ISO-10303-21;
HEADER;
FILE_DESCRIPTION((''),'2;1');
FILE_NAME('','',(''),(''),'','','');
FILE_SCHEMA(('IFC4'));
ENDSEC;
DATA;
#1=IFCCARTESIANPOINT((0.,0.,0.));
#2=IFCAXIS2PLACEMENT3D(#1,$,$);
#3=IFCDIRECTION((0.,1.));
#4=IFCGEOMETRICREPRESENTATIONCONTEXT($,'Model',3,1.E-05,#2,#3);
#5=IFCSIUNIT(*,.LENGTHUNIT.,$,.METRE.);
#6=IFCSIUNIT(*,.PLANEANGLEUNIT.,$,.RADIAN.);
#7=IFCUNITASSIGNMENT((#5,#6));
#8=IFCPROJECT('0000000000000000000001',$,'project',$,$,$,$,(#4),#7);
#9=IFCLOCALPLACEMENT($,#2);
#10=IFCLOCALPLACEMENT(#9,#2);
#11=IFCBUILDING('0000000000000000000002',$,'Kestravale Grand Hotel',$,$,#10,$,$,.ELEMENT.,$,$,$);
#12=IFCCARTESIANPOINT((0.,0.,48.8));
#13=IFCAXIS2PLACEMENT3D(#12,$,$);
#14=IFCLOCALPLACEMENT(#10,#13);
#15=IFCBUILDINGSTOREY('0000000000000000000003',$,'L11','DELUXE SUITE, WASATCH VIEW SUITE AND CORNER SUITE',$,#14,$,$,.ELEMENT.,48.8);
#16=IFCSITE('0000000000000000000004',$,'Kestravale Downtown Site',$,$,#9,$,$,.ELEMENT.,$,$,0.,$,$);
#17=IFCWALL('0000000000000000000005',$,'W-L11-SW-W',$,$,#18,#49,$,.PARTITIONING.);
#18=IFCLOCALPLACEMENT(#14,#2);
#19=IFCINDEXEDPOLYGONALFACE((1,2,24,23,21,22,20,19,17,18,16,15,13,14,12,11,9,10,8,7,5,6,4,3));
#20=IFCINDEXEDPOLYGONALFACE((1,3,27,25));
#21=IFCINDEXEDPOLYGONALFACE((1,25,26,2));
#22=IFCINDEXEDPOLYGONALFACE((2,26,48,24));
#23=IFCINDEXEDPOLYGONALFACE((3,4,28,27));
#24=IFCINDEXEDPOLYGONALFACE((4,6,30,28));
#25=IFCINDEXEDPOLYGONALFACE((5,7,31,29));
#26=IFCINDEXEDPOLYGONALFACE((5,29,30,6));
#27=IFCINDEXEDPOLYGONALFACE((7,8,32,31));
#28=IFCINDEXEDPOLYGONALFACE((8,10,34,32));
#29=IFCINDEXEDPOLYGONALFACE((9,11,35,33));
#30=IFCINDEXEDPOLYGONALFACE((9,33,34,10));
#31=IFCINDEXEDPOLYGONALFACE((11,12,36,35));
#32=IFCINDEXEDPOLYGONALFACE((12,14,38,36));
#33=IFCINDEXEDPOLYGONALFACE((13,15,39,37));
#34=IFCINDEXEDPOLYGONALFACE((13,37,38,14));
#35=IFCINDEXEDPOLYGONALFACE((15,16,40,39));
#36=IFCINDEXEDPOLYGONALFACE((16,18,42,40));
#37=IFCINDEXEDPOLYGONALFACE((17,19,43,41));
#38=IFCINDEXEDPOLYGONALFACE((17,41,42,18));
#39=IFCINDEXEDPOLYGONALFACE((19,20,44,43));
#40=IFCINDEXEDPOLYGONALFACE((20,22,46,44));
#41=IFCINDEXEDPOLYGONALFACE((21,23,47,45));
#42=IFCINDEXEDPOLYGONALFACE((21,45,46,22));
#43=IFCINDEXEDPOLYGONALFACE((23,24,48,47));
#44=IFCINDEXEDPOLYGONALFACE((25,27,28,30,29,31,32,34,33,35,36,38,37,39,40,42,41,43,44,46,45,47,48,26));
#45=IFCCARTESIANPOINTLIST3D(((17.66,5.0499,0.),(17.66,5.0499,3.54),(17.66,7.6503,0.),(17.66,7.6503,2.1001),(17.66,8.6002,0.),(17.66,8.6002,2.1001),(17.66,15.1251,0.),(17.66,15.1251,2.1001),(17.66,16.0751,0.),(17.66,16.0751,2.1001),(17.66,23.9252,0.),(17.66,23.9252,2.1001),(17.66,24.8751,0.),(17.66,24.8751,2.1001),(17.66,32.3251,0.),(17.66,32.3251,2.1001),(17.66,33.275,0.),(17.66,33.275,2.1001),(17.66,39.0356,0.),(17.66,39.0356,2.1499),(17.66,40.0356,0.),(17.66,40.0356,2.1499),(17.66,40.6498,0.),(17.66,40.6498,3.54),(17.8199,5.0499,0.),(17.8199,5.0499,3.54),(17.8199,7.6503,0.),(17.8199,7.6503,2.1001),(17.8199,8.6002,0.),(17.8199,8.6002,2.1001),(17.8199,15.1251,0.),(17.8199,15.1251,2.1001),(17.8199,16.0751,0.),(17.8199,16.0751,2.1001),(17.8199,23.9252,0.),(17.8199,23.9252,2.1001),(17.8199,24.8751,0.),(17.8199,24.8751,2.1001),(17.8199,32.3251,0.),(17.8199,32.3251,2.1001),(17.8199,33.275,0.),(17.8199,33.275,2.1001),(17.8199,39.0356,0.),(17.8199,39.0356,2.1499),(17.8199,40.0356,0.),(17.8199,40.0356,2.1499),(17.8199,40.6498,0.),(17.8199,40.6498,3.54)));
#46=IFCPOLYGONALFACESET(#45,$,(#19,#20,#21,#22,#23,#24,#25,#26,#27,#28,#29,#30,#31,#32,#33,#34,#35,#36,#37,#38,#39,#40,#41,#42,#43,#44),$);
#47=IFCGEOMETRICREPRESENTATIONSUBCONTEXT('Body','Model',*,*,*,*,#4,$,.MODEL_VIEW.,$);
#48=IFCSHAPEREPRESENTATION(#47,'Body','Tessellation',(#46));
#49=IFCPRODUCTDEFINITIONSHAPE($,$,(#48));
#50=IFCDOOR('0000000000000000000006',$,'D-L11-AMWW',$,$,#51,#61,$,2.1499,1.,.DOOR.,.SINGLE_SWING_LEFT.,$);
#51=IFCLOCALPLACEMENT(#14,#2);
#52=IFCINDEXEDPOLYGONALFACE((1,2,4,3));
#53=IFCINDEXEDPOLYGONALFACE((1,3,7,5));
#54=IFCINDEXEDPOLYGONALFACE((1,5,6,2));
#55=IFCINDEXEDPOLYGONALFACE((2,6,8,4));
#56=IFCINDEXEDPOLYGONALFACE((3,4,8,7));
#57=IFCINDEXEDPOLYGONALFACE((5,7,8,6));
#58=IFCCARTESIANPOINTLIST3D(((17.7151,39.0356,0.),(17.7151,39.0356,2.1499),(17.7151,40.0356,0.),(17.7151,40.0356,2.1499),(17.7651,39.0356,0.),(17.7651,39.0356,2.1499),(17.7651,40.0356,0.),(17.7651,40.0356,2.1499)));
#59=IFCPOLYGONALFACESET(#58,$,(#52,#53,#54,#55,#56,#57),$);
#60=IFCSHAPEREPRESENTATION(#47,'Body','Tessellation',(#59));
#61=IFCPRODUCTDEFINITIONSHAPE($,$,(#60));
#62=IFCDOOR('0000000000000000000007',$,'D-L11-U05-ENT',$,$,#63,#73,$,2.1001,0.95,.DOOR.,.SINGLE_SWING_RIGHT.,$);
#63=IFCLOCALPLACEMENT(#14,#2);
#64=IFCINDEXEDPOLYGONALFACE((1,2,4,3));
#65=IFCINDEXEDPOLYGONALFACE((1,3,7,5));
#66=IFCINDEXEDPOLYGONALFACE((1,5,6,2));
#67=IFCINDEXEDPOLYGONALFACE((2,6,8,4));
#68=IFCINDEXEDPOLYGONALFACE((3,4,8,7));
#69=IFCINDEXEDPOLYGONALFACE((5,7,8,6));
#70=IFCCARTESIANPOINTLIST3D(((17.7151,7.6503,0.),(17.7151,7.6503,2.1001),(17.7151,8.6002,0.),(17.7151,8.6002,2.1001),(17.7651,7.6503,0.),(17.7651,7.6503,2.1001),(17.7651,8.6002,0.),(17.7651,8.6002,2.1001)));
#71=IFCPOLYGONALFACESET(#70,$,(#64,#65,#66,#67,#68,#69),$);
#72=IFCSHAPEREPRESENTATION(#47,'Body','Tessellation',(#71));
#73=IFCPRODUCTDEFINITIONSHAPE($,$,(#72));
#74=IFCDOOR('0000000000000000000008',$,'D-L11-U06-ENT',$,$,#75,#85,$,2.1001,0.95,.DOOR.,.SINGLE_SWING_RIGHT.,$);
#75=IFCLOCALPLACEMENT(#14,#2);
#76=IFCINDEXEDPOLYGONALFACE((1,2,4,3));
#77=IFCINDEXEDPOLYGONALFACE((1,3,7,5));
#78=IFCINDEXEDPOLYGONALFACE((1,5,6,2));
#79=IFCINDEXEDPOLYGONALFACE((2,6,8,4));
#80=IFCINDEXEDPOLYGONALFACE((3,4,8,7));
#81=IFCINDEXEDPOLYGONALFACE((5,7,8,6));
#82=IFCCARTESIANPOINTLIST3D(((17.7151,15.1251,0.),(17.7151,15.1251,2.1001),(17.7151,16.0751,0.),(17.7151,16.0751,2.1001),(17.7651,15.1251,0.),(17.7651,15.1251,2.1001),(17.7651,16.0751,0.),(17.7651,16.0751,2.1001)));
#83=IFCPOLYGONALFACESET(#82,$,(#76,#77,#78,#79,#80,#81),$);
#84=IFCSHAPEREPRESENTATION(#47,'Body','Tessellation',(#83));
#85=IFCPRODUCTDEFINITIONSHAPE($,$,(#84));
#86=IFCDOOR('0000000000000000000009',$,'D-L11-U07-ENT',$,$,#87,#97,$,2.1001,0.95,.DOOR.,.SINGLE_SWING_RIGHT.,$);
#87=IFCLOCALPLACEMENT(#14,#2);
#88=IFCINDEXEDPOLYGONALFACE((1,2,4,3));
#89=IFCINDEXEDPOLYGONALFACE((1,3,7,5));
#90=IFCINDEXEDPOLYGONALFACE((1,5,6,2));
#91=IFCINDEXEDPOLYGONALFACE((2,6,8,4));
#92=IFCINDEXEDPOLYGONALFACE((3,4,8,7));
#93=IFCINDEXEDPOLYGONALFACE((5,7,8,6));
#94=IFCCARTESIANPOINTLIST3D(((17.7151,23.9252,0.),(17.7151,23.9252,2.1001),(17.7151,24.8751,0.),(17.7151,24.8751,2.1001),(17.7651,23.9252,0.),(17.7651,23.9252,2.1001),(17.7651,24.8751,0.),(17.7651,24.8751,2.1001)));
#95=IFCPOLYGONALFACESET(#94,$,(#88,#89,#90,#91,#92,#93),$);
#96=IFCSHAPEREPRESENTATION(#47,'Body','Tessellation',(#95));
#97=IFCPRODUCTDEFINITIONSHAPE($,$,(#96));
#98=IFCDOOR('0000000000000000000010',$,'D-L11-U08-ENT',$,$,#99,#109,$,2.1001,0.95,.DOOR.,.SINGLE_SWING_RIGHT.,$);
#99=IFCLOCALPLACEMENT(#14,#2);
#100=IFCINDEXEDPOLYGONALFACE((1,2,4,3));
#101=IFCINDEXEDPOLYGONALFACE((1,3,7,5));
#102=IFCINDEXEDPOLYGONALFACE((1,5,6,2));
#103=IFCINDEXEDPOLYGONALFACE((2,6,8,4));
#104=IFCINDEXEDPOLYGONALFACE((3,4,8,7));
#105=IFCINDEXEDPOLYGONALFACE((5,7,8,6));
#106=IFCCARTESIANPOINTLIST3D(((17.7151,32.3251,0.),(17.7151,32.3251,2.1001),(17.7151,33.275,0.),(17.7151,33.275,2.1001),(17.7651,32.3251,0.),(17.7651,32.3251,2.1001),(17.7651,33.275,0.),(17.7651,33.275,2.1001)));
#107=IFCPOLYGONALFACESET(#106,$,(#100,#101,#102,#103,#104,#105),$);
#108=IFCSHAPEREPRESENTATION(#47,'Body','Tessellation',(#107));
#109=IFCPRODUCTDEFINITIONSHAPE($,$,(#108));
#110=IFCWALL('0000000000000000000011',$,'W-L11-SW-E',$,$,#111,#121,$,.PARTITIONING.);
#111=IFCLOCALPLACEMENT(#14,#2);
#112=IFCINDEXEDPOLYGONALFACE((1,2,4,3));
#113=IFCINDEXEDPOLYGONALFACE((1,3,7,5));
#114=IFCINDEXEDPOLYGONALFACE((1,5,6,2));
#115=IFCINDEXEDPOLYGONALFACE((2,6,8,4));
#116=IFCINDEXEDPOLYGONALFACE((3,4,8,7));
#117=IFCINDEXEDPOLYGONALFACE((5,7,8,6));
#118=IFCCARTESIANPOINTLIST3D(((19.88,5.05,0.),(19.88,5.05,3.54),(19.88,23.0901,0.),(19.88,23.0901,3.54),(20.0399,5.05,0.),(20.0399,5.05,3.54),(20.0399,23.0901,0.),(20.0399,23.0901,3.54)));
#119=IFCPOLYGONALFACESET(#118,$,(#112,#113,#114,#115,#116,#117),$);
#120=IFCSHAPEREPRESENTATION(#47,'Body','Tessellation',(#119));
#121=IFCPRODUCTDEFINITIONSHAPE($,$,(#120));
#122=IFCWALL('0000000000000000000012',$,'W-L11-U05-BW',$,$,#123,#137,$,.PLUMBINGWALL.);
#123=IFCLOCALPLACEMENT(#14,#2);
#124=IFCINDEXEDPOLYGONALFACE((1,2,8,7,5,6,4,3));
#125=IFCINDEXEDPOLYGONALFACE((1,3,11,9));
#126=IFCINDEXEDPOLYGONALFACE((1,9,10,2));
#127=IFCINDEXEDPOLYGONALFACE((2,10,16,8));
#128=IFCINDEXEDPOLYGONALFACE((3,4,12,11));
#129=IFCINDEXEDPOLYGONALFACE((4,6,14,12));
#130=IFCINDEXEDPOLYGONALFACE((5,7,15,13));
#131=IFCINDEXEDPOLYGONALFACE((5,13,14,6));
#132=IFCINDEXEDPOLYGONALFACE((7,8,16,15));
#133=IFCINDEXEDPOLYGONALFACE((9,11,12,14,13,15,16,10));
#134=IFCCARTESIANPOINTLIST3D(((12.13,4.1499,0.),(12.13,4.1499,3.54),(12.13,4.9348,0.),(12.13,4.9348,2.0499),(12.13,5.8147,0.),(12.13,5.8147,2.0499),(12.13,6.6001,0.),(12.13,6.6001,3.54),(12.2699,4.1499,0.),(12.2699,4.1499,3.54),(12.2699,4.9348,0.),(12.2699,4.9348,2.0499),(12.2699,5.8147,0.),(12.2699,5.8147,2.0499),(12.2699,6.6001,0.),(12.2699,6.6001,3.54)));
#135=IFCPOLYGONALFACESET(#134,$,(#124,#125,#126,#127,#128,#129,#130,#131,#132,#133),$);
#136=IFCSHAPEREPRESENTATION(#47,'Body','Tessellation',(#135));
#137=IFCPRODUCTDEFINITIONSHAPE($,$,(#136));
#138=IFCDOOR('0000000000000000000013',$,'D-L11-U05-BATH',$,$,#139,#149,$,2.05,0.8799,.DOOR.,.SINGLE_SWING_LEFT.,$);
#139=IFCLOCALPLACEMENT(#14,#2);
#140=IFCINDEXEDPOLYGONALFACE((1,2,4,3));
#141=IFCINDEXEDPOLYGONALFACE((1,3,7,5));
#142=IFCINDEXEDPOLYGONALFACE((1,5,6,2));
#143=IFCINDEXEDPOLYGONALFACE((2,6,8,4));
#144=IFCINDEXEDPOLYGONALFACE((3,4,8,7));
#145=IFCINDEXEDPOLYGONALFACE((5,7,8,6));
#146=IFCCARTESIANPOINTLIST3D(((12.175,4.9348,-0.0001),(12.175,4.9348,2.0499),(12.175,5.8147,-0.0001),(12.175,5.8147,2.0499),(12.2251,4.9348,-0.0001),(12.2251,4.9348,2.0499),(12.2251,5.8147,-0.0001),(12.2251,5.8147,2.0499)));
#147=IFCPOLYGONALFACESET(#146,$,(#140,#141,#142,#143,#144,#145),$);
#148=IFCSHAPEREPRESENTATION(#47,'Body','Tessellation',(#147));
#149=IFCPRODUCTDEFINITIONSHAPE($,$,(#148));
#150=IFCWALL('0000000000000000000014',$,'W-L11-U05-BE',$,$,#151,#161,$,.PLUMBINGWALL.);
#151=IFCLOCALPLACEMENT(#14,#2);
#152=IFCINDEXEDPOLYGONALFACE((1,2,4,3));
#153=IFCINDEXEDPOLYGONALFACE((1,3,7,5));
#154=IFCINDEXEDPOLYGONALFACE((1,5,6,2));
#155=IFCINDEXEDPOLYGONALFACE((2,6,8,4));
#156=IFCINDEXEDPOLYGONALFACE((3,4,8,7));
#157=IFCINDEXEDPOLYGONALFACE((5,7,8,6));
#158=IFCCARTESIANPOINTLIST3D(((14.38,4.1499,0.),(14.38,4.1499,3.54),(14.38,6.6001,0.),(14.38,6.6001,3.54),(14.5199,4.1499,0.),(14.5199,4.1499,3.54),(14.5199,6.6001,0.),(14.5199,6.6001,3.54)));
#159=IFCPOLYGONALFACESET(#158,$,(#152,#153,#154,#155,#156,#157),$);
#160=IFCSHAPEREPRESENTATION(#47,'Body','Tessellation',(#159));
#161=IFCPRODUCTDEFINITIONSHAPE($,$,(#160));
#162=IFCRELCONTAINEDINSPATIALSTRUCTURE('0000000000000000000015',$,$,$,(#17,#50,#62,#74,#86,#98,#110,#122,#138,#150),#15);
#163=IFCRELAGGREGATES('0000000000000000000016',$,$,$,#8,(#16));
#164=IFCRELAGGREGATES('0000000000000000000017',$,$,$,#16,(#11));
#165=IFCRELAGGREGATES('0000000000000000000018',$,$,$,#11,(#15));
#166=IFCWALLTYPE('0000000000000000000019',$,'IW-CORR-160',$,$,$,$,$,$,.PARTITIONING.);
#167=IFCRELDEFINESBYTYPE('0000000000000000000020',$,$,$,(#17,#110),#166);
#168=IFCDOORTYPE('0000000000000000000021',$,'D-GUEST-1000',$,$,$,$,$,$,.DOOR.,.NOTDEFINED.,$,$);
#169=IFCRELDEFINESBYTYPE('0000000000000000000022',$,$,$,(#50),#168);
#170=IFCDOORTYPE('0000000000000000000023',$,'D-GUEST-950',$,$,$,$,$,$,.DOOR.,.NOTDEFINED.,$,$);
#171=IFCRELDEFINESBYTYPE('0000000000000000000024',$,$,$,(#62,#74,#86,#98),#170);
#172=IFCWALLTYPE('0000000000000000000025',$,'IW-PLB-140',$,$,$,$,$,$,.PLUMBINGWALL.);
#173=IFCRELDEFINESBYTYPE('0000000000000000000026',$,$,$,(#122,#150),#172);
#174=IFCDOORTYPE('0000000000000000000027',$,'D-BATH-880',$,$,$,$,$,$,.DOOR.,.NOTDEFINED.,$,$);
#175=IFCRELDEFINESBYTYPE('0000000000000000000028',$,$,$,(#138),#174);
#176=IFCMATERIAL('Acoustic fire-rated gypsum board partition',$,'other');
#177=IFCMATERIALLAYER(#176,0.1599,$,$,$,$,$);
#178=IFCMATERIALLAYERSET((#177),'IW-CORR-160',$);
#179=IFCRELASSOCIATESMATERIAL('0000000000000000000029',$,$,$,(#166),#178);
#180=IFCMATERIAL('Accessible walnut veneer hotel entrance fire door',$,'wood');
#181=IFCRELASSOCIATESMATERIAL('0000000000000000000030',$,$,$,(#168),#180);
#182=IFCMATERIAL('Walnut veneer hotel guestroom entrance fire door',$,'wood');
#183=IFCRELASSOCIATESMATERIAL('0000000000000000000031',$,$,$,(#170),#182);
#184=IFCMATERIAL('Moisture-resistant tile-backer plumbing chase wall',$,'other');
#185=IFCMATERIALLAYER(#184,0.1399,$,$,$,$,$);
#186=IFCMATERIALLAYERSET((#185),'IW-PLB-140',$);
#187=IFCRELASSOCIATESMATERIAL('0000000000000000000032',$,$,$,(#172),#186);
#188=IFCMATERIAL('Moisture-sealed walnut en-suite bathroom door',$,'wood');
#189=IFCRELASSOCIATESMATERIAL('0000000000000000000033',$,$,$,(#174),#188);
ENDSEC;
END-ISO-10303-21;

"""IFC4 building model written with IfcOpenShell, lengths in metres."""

from ifc_helpers import new_model, si_unit, direction, frame, frame_2d, origin, place, context, subcontext, project, spatial, rectangle, extrude, material, layer, layer_set, type_object, element, fill, save


model = new_model("IFC4")

# Units and contexts
model_context = context("Model", 3, precision=1e-05, world=origin(), true_north=direction((0.0, 1.0)))
body_context = subcontext(model_context, "Body", "Model", "MODEL_VIEW")
ifc_project = project(units=[si_unit("LENGTHUNIT", "METRE"), si_unit("PLANEANGLEUNIT", "RADIAN")], contexts=[model_context])

# Site, building, storey
site_placement = place(None, origin())
site = spatial("IfcSite", under=ifc_project, at=site_placement, Name="Kestravale Downtown Site", CompositionType="ELEMENT", RefElevation=0.0)
building_placement = place(site_placement, origin())
building = spatial("IfcBuilding", under=site, at=building_placement, Name="Kestravale Grand Hotel", CompositionType="ELEMENT")
storey_placement = place(building_placement, frame((0.0, 0.0, 48.8)))
storey = spatial("IfcBuildingStorey", under=building, at=storey_placement, Name="L11", Description="DELUXE SUITE, WASATCH VIEW SUITE AND CORNER SUITE", CompositionType="ELEMENT", Elevation=48.8)

# Wall, openings, doors
ifc_material_1 = material(Name="Acoustic fire-rated gypsum board partition", Category="other")
ifc_layer_1 = layer(ifc_material_1, 0.1599)
ifc_layer_set_1 = layer_set([ifc_layer_1], Name="IW-CORR-160")
wall_type_1 = type_object("IfcWallType", Name="IW-CORR-160", PredefinedType="PARTITIONING", material=ifc_layer_set_1)
wall_1_placement = place(storey_placement, frame((17.74, 5.05, 0.0), z_axis=(0.0, 0.0, 1.0), x_axis=(0.0, 1.0, 0.0)))
wall_1 = element("IfcWall", 1, at=wall_1_placement, inside=storey, type_object=wall_type_1, Name="W-L11-SW-W", PredefinedType="PARTITIONING", context=body_context, shape_type="SweptSolid", body=[
    extrude(rectangle(XDim=35.5999, YDim=0.1599, at=frame_2d((17.7998, 0.0))), origin(), (0.0, 0.0, 1.0), 3.54),
])
opening_1_placement = place(wall_1_placement, frame((2.6001, 0.0, 0.0)))
opening_1 = element("IfcOpeningElement", 2, at=opening_1_placement, cuts=wall_1, PredefinedType="OPENING", context=body_context, shape_type="SweptSolid", body=[
    extrude(rectangle(XDim=0.95, YDim=2.1001, at=frame_2d((0.4751, 1.05))), frame((0.0, 0.0898, 0.0), z_axis=(0.0, -1.0, 0.0), x_axis=(1.0, 0.0, 0.0)), (0.0, 0.0, 1.0), 0.1799),
])
opening_2_placement = place(wall_1_placement, frame((10.075, 0.0, 0.0)))
opening_2 = element("IfcOpeningElement", 3, at=opening_2_placement, cuts=wall_1, PredefinedType="OPENING", context=body_context, shape_type="SweptSolid", body=[
    extrude(rectangle(XDim=0.95, YDim=2.1001, at=frame_2d((0.4751, 1.05))), frame((0.0, 0.0898, 0.0), z_axis=(0.0, -1.0, 0.0), x_axis=(1.0, 0.0, 0.0)), (0.0, 0.0, 1.0), 0.1799),
])
opening_3_placement = place(wall_1_placement, frame((18.875, 0.0, 0.0)))
opening_3 = element("IfcOpeningElement", 4, at=opening_3_placement, cuts=wall_1, PredefinedType="OPENING", context=body_context, shape_type="SweptSolid", body=[
    extrude(rectangle(XDim=0.95, YDim=2.1001, at=frame_2d((0.4751, 1.05))), frame((0.0, 0.0898, 0.0), z_axis=(0.0, -1.0, 0.0), x_axis=(1.0, 0.0, 0.0)), (0.0, 0.0, 1.0), 0.1799),
])
opening_4_placement = place(wall_1_placement, frame((27.2749, 0.0, 0.0)))
opening_4 = element("IfcOpeningElement", 5, at=opening_4_placement, cuts=wall_1, PredefinedType="OPENING", context=body_context, shape_type="SweptSolid", body=[
    extrude(rectangle(XDim=0.95, YDim=2.1001, at=frame_2d((0.4751, 1.05))), frame((0.0, 0.0898, 0.0), z_axis=(0.0, -1.0, 0.0), x_axis=(1.0, 0.0, 0.0)), (0.0, 0.0, 1.0), 0.1799),
])
opening_5_placement = place(wall_1_placement, frame((33.9856, 0.0, 0.0)))
opening_5 = element("IfcOpeningElement", 6, at=opening_5_placement, cuts=wall_1, PredefinedType="OPENING", context=body_context, shape_type="SweptSolid", body=[
    extrude(rectangle(XDim=1.0, YDim=2.1499, at=frame_2d((0.5, 1.075))), frame((0.0, 0.0898, 0.0), z_axis=(0.0, -1.0, 0.0), x_axis=(1.0, 0.0, 0.0)), (0.0, 0.0, 1.0), 0.1799),
])
ifc_material_2 = material(Name="Accessible walnut veneer hotel entrance fire door", Category="wood")
door_type_1 = type_object("IfcDoorType", Name="D-GUEST-1000", OperationType="NOTDEFINED", PredefinedType="DOOR", material=ifc_material_2)
door_1_placement = place(opening_5_placement, origin())
door_1 = element("IfcDoor", 7, at=door_1_placement, inside=storey, type_object=door_type_1, Name="D-L11-AMWW", OperationType="SINGLE_SWING_LEFT", OverallHeight=2.1499, OverallWidth=1.0, PredefinedType="DOOR", context=body_context, shape_type="SweptSolid", body=[
    extrude(rectangle(XDim=1.0, YDim=2.1499, at=frame_2d((0.5, 1.075))), frame((0.0, 0.0249, 0.0), z_axis=(0.0, -1.0, 0.0), x_axis=(1.0, 0.0, 0.0)), (0.0, 0.0, 1.0), 0.05),
])
fill(opening_5, door_1)
ifc_material_3 = material(Name="Walnut veneer hotel guestroom entrance fire door", Category="wood")
door_type_2 = type_object("IfcDoorType", Name="D-GUEST-950", OperationType="NOTDEFINED", PredefinedType="DOOR", material=ifc_material_3)
door_2_placement = place(opening_1_placement, origin())
door_2 = element("IfcDoor", 8, at=door_2_placement, inside=storey, type_object=door_type_2, Name="D-L11-U05-ENT", OperationType="SINGLE_SWING_RIGHT", OverallHeight=2.1001, OverallWidth=0.95, PredefinedType="DOOR", context=body_context, shape_type="SweptSolid", body=[
    extrude(rectangle(XDim=0.95, YDim=2.1001, at=frame_2d((0.4751, 1.05))), frame((0.0, 0.0249, 0.0), z_axis=(0.0, -1.0, 0.0), x_axis=(1.0, 0.0, 0.0)), (0.0, 0.0, 1.0), 0.05),
])
fill(opening_1, door_2)
door_3_placement = place(opening_2_placement, origin())
door_3 = element("IfcDoor", 9, at=door_3_placement, inside=storey, type_object=door_type_2, Name="D-L11-U06-ENT", OperationType="SINGLE_SWING_RIGHT", OverallHeight=2.1001, OverallWidth=0.95, PredefinedType="DOOR", context=body_context, shape_type="SweptSolid", body=[
    extrude(rectangle(XDim=0.95, YDim=2.1001, at=frame_2d((0.4751, 1.05))), frame((0.0, 0.0249, 0.0), z_axis=(0.0, -1.0, 0.0), x_axis=(1.0, 0.0, 0.0)), (0.0, 0.0, 1.0), 0.05),
])
fill(opening_2, door_3)
door_4_placement = place(opening_3_placement, origin())
door_4 = element("IfcDoor", 10, at=door_4_placement, inside=storey, type_object=door_type_2, Name="D-L11-U07-ENT", OperationType="SINGLE_SWING_RIGHT", OverallHeight=2.1001, OverallWidth=0.95, PredefinedType="DOOR", context=body_context, shape_type="SweptSolid", body=[
    extrude(rectangle(XDim=0.95, YDim=2.1001, at=frame_2d((0.4751, 1.05))), frame((0.0, 0.0249, 0.0), z_axis=(0.0, -1.0, 0.0), x_axis=(1.0, 0.0, 0.0)), (0.0, 0.0, 1.0), 0.05),
])
fill(opening_3, door_4)
door_5_placement = place(opening_4_placement, origin())
door_5 = element("IfcDoor", 11, at=door_5_placement, inside=storey, type_object=door_type_2, Name="D-L11-U08-ENT", OperationType="SINGLE_SWING_RIGHT", OverallHeight=2.1001, OverallWidth=0.95, PredefinedType="DOOR", context=body_context, shape_type="SweptSolid", body=[
    extrude(rectangle(XDim=0.95, YDim=2.1001, at=frame_2d((0.4751, 1.05))), frame((0.0, 0.0249, 0.0), z_axis=(0.0, -1.0, 0.0), x_axis=(1.0, 0.0, 0.0)), (0.0, 0.0, 1.0), 0.05),
])
fill(opening_4, door_5)

# Wall
wall_2_placement = place(storey_placement, frame((19.96, 5.05, 0.0), z_axis=(0.0, 0.0, 1.0), x_axis=(0.0, 1.0, 0.0)))
element("IfcWall", 12, at=wall_2_placement, inside=storey, type_object=wall_type_1, Name="W-L11-SW-E", PredefinedType="PARTITIONING", context=body_context, shape_type="SweptSolid", body=[
    extrude(rectangle(XDim=18.04, YDim=0.1599, at=frame_2d((9.02, 0.0))), origin(), (0.0, 0.0, 1.0), 3.54),
])

# Wall, opening, door
ifc_material_4 = material(Name="Moisture-resistant tile-backer plumbing chase wall", Category="other")
ifc_layer_2 = layer(ifc_material_4, 0.1399)
ifc_layer_set_2 = layer_set([ifc_layer_2], Name="IW-PLB-140")
wall_type_2 = type_object("IfcWallType", Name="IW-PLB-140", PredefinedType="PLUMBINGWALL", material=ifc_layer_set_2)
wall_3_placement = place(storey_placement, frame((12.2, 4.1499, 0.0), z_axis=(0.0, 0.0, 1.0), x_axis=(0.0, 1.0, 0.0)))
wall_3 = element("IfcWall", 13, at=wall_3_placement, inside=storey, type_object=wall_type_2, Name="W-L11-U05-BW", PredefinedType="PLUMBINGWALL", context=body_context, shape_type="SweptSolid", body=[
    extrude(rectangle(XDim=2.4502, YDim=0.1399, at=frame_2d((1.2251, 0.0))), origin(), (0.0, 0.0, 1.0), 3.54),
])
opening_6_placement = place(wall_3_placement, frame((0.7849, 0.0, 0.0)))
opening_6 = element("IfcOpeningElement", 14, at=opening_6_placement, cuts=wall_3, PredefinedType="OPENING", context=body_context, shape_type="SweptSolid", body=[
    extrude(rectangle(XDim=0.8799, YDim=2.05, at=frame_2d((0.4399, 1.0249))), frame((0.0, 0.0798, 0.0), z_axis=(0.0, -1.0, 0.0), x_axis=(1.0, 0.0, 0.0)), (0.0, 0.0, 1.0), 0.1599),
])
ifc_material_5 = material(Name="Moisture-sealed walnut en-suite bathroom door", Category="wood")
door_type_3 = type_object("IfcDoorType", Name="D-BATH-880", OperationType="NOTDEFINED", PredefinedType="DOOR", material=ifc_material_5)
door_6_placement = place(opening_6_placement, origin())
door_6 = element("IfcDoor", 15, at=door_6_placement, inside=storey, type_object=door_type_3, Name="D-L11-U05-BATH", OperationType="SINGLE_SWING_LEFT", OverallHeight=2.05, OverallWidth=0.8799, PredefinedType="DOOR", context=body_context, shape_type="SweptSolid", body=[
    extrude(rectangle(XDim=0.8799, YDim=2.05, at=frame_2d((0.4399, 1.0249))), frame((0.0, 0.0249, 0.0), z_axis=(0.0, -1.0, 0.0), x_axis=(1.0, 0.0, 0.0)), (0.0, 0.0, 1.0), 0.05),
])
fill(opening_6, door_6)

# Wall
wall_4_placement = place(storey_placement, frame((14.45, 4.1499, 0.0), z_axis=(0.0, 0.0, 1.0), x_axis=(0.0, 1.0, 0.0)))
element("IfcWall", 16, at=wall_4_placement, inside=storey, type_object=wall_type_2, Name="W-L11-U05-BE", PredefinedType="PLUMBINGWALL", context=body_context, shape_type="SweptSolid", body=[
    extrude(rectangle(XDim=2.4502, YDim=0.1399, at=frame_2d((1.2251, 0.0))), origin(), (0.0, 0.0, 1.0), 3.54),
])

save(model, "model.ifc")
